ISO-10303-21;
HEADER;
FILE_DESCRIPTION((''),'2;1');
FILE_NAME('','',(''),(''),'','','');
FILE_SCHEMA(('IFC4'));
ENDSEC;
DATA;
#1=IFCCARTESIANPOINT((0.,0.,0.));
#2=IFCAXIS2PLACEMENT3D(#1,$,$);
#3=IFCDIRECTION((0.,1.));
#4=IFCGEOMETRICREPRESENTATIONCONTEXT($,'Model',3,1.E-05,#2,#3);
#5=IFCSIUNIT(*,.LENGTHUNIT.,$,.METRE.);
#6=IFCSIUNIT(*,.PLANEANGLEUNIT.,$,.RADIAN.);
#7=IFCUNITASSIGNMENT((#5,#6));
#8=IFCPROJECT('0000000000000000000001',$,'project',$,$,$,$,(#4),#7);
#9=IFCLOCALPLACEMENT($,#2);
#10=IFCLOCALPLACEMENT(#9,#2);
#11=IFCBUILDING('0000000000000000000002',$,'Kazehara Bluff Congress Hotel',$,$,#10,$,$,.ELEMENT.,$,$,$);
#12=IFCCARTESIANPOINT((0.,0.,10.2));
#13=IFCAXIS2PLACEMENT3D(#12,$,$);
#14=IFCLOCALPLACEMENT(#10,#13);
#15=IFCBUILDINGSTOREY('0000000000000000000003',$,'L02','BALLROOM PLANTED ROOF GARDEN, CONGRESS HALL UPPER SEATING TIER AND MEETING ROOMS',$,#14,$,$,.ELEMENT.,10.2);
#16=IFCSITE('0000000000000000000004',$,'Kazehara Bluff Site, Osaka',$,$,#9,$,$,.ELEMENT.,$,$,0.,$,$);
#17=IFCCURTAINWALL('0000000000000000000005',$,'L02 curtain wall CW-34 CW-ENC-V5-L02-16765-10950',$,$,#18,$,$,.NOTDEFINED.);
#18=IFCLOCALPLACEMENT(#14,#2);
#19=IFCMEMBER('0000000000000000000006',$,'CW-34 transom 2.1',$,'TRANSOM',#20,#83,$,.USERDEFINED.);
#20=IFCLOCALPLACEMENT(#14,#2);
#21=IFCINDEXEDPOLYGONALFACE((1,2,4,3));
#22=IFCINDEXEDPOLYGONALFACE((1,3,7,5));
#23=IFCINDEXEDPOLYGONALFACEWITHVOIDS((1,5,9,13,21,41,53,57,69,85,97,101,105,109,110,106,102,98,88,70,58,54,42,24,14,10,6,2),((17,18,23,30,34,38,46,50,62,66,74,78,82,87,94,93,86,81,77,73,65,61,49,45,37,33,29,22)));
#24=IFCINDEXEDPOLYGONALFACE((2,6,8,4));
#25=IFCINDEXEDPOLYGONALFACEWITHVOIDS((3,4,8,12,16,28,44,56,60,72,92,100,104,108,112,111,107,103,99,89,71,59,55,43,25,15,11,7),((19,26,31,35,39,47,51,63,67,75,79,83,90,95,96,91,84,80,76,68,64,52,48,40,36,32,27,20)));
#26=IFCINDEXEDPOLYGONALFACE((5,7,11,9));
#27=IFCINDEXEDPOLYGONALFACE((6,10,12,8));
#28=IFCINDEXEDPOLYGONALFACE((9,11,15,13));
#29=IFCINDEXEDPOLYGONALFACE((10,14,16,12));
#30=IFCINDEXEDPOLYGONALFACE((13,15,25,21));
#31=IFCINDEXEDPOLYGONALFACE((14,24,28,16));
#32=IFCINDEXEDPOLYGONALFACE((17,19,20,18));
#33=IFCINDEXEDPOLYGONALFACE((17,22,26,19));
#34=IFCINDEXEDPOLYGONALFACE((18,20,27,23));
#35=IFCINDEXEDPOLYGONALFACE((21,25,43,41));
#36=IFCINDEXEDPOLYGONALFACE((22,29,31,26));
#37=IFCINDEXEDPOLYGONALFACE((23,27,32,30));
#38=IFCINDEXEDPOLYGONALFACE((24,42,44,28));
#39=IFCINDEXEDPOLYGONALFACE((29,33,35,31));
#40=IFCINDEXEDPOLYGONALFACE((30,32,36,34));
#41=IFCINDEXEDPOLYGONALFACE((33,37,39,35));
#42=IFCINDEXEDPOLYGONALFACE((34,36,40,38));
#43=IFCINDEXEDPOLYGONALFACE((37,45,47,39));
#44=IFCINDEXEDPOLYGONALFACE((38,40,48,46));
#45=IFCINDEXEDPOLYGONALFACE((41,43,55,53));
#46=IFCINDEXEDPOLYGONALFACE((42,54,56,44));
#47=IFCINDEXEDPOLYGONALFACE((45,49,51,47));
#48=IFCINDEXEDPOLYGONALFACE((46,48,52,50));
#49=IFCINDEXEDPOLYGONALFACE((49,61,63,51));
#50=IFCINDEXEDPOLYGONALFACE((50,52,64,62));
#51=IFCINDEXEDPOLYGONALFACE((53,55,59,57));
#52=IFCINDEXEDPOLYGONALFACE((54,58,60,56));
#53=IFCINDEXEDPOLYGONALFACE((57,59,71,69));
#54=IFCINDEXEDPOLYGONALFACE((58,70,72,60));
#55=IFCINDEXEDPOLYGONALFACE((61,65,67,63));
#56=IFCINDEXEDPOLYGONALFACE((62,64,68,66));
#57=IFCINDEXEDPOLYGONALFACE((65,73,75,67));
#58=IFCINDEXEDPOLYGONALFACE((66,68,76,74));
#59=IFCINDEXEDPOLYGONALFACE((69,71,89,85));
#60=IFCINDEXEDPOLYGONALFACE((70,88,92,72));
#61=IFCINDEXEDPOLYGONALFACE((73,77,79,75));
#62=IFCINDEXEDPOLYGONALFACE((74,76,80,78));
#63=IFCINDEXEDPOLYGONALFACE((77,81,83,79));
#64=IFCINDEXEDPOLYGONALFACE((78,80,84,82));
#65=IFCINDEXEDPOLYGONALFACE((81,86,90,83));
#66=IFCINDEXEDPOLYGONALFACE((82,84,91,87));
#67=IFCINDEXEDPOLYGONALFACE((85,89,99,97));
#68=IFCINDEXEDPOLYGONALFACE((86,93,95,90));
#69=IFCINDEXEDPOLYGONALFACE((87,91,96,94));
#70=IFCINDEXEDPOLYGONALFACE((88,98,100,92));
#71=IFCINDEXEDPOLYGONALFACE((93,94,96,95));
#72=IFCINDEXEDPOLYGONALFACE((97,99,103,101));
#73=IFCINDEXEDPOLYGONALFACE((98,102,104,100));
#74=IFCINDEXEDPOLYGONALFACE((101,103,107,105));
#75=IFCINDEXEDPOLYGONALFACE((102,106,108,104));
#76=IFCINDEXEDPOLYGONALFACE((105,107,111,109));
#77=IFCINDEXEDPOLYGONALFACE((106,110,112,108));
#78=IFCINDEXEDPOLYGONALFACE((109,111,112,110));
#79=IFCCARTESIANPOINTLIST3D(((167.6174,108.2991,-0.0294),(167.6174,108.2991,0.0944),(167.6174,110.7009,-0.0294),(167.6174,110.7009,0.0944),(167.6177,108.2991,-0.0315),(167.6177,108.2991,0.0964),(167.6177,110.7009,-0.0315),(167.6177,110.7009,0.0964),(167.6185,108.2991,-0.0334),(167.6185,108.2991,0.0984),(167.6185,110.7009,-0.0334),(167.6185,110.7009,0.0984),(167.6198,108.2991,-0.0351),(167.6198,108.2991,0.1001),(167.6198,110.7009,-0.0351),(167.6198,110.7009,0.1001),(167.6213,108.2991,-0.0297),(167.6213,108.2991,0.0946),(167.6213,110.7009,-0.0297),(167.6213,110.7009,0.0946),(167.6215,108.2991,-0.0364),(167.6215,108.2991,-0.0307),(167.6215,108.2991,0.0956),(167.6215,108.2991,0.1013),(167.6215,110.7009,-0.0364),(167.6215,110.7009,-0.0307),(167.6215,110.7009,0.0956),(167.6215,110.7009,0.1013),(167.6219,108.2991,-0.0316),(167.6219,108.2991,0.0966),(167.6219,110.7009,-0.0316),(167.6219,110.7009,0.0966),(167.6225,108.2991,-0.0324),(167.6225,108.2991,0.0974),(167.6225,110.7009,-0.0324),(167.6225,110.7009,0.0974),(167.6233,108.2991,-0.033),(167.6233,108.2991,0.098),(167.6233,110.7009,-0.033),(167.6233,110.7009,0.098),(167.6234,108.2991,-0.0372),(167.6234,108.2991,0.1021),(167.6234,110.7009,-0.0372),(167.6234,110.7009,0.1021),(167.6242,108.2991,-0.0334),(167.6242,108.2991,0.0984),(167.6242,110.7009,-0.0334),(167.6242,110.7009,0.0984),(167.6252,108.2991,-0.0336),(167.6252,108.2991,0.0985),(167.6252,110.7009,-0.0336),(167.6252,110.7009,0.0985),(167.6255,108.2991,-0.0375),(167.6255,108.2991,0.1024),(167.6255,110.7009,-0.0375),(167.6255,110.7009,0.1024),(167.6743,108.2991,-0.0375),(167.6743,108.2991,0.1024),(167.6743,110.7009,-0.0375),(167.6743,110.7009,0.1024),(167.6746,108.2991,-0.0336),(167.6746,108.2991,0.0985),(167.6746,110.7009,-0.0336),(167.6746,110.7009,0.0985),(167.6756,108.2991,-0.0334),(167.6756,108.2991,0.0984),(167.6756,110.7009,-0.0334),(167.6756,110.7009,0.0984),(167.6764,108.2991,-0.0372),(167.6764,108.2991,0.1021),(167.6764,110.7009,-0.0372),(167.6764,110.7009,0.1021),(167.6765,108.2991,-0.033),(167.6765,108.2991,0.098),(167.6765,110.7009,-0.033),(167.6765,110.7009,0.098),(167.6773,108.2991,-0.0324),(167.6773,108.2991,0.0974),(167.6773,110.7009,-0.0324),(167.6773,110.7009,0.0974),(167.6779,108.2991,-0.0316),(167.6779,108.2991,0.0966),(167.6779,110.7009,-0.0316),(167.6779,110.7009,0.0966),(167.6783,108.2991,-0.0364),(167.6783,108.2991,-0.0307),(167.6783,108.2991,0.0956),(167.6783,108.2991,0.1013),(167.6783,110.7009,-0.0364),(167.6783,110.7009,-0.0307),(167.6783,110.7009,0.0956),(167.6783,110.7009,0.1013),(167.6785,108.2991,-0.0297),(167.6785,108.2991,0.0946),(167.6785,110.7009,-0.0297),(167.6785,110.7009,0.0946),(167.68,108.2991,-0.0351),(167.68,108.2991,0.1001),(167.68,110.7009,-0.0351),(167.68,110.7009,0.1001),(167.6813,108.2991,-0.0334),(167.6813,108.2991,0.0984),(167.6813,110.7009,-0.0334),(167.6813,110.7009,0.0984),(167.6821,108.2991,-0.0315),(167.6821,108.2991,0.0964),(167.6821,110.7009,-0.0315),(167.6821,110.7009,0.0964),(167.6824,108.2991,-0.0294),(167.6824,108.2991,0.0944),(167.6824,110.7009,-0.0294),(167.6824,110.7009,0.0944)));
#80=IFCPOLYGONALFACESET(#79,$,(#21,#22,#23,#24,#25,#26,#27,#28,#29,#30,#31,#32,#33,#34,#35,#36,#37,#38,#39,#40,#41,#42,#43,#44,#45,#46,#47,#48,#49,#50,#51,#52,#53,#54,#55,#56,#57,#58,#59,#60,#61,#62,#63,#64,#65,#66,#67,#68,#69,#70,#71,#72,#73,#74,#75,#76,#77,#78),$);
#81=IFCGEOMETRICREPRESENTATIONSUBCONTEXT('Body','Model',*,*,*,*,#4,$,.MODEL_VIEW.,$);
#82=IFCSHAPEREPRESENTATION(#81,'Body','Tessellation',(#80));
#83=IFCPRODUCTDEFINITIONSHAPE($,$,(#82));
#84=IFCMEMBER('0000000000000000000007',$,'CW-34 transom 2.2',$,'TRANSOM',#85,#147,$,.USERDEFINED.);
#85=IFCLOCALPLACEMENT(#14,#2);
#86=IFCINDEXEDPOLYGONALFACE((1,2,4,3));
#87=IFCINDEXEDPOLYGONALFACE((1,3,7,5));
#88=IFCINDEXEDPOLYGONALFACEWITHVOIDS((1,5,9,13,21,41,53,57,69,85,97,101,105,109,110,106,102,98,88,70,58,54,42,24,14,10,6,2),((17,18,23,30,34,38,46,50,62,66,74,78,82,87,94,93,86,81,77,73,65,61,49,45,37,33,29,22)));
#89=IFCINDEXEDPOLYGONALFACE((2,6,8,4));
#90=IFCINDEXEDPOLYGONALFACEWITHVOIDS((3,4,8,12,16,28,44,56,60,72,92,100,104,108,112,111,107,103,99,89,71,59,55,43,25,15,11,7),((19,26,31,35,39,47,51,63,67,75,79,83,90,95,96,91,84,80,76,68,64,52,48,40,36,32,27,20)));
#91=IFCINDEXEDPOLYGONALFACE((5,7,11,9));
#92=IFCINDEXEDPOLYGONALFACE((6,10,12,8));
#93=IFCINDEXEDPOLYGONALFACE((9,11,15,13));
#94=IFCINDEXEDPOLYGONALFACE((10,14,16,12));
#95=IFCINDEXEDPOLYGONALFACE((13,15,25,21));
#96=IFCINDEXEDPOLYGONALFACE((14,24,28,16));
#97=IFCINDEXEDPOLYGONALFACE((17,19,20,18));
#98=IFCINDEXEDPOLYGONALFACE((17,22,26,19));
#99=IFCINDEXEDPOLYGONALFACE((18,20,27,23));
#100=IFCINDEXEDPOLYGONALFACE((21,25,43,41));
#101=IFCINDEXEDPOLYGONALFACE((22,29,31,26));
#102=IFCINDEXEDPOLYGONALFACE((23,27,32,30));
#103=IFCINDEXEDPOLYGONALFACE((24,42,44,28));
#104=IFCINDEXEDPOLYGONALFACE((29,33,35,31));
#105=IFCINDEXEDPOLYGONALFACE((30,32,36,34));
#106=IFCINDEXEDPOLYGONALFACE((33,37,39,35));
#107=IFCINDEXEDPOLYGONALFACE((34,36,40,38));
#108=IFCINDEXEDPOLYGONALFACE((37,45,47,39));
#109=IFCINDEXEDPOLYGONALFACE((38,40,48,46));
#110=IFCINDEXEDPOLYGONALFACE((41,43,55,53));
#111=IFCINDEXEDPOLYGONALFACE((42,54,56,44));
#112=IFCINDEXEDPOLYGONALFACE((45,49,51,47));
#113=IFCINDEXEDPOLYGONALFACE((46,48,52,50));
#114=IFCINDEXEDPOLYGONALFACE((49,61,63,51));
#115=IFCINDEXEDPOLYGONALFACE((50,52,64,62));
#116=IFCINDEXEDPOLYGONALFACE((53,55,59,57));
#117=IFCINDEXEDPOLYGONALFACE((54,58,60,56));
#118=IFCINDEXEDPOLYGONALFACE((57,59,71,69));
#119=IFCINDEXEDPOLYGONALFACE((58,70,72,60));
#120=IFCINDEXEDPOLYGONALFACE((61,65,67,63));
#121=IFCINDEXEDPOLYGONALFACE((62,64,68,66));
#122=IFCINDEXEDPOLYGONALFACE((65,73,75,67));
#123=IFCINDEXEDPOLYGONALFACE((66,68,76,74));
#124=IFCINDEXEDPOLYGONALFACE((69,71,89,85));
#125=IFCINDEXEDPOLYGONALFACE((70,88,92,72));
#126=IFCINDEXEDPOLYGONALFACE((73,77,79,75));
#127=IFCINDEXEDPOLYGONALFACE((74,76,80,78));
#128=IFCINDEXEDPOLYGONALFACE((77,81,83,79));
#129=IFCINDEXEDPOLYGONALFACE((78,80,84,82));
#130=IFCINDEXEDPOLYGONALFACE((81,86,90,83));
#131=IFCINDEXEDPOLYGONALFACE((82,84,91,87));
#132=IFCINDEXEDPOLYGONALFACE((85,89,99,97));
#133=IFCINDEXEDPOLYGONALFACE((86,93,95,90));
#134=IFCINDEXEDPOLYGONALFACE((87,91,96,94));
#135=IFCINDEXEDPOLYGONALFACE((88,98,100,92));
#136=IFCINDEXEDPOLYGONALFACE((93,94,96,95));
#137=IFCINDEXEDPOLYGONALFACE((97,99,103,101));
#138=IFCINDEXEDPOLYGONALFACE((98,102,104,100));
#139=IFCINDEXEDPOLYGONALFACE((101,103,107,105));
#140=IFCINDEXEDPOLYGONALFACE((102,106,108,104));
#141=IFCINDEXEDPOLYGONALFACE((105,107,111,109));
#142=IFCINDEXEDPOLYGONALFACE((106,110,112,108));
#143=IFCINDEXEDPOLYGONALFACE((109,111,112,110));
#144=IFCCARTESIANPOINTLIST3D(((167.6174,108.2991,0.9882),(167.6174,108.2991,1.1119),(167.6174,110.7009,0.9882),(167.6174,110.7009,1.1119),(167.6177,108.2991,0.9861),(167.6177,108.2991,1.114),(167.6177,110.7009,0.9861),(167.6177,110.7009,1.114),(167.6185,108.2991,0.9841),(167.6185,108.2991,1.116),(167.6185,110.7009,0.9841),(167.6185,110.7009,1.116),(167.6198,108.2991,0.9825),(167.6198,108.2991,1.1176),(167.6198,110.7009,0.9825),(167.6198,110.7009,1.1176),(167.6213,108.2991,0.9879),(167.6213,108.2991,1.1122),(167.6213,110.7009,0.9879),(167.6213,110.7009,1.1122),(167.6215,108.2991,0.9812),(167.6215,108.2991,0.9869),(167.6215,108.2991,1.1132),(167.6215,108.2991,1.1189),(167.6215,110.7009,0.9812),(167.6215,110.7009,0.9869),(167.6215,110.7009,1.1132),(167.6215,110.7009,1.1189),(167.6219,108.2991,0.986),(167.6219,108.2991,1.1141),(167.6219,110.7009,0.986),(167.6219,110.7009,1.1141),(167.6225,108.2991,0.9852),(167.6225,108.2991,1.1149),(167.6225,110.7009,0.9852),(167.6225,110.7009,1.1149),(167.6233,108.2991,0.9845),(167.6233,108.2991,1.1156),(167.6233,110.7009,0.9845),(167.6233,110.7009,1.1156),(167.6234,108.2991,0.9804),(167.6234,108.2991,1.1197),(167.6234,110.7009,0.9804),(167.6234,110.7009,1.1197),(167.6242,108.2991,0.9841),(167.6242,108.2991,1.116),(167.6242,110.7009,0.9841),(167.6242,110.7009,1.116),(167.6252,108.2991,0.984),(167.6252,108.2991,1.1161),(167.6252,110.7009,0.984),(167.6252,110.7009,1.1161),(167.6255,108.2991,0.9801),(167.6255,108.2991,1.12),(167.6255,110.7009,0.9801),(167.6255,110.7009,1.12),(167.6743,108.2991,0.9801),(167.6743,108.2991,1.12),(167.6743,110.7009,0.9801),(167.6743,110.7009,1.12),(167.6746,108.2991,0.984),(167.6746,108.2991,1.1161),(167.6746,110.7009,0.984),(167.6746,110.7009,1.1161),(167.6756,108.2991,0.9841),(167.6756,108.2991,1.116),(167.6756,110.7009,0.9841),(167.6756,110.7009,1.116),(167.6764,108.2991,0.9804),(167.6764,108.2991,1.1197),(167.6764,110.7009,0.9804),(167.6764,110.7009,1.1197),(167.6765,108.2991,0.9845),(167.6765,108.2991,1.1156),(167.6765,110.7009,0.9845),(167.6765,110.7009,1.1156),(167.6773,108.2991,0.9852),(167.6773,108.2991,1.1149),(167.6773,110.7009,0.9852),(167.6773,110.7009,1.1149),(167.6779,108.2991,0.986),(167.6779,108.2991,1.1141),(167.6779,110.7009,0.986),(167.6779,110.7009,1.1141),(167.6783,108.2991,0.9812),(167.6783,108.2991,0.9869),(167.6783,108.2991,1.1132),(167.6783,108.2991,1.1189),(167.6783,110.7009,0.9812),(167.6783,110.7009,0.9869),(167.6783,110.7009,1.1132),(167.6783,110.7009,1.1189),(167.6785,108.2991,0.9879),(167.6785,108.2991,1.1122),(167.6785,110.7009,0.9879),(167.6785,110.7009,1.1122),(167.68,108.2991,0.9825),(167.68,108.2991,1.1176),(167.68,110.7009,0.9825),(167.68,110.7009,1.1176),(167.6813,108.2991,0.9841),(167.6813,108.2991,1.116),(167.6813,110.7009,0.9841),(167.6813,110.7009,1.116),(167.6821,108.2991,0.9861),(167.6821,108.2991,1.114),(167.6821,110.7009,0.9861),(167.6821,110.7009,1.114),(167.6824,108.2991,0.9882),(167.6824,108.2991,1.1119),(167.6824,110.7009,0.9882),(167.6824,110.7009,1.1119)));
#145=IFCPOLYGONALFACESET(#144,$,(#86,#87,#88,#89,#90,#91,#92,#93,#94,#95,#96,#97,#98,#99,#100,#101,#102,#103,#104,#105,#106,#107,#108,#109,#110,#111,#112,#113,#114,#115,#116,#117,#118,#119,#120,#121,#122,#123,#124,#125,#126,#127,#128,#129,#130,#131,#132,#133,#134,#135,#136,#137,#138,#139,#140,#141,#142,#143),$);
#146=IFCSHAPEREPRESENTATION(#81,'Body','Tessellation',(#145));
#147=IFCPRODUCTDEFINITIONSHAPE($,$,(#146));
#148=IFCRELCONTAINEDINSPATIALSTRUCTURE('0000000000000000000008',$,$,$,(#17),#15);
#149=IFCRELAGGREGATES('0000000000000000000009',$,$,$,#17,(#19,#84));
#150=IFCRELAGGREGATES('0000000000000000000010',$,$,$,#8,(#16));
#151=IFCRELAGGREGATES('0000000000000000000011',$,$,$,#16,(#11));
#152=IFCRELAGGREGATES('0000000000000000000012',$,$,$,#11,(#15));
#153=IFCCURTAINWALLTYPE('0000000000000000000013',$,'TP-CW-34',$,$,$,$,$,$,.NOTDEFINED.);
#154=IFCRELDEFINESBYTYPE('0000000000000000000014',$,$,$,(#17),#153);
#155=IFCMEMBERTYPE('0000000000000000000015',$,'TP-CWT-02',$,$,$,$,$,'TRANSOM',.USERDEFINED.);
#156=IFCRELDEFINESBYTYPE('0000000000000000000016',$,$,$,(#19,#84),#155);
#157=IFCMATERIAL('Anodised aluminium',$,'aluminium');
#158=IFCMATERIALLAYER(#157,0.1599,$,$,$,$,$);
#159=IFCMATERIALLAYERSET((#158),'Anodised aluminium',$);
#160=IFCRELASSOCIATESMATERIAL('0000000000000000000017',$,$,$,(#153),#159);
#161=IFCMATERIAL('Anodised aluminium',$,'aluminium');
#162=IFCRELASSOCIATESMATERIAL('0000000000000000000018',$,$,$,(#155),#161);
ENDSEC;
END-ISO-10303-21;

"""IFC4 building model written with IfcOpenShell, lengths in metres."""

from ifc_helpers import new_model, si_unit, direction, frame, origin, origin_2d, place, context, subcontext, project, spatial, hollow_rectangle, extrude, material, layer, layer_set, material_profile, profile_set, type_object, element, aggregate, save


model = new_model("IFC4")

# Units and contexts
model_context = context("Model", 3, precision=1e-05, world=origin(), true_north=direction((0.0, 1.0)))
body_context = subcontext(model_context, "Body", "Model", "MODEL_VIEW")
ifc_project = project(units=[si_unit("LENGTHUNIT", "METRE"), si_unit("PLANEANGLEUNIT", "RADIAN")], contexts=[model_context])

# Site, building, storey
site_placement = place(None, origin())
site = spatial("IfcSite", under=ifc_project, at=site_placement, Name="Kazehara Bluff Site, Osaka", CompositionType="ELEMENT", RefElevation=0.0)
building_placement = place(site_placement, origin())
building = spatial("IfcBuilding", under=site, at=building_placement, Name="Kazehara Bluff Congress Hotel", CompositionType="ELEMENT")
storey_placement = place(building_placement, frame((0.0, 0.0, 10.2)))
storey = spatial("IfcBuildingStorey", under=building, at=storey_placement, Name="L02", Description="BALLROOM PLANTED ROOF GARDEN, CONGRESS HALL UPPER SEATING TIER AND MEETING ROOMS", CompositionType="ELEMENT", Elevation=10.2)

# Curtain wall
ifc_material_1 = material(Name="Anodised aluminium", Category="aluminium")
ifc_layer_1 = layer(ifc_material_1, 0.1599)
ifc_layer_set_1 = layer_set([ifc_layer_1], Name="Anodised aluminium")
curtain_wall_type_1 = type_object("IfcCurtainWallType", Name="TP-CW-34", PredefinedType="NOTDEFINED", material=ifc_layer_set_1)
curtain_wall_1_placement = place(storey_placement, origin())
curtain_wall_1 = element("IfcCurtainWall", 1, at=curtain_wall_1_placement, inside=storey, type_object=curtain_wall_type_1, Name="L02 curtain wall CW-34 CW-ENC-V5-L02-16765-10950", PredefinedType="NOTDEFINED")

# Members
ifc_material_2 = material(Name="Anodised aluminium", Category="aluminium")
ifc_material_profile_1 = material_profile(ifc_material_2, hollow_rectangle(XDim=0.0649, YDim=0.1399, WallThickness=0.0039, InnerFilletRadius=0.0039, OuterFilletRadius=0.0081, at=origin_2d()))
ifc_profile_set_1 = profile_set([ifc_material_profile_1], Name="Anodised aluminium")
member_type_1 = type_object("IfcMemberType", Name="TP-CWT-02", ElementType="TRANSOM", PredefinedType="USERDEFINED", material=ifc_profile_set_1)
member_1_placement = place(storey_placement, frame((167.6499, 110.7009, 0.0325), z_axis=(0.0, -1.0, 0.0), x_axis=(1.0, 0.0, 0.0)))
member_1 = element("IfcMember", 2, at=member_1_placement, type_object=member_type_1, Name="CW-34 transom 2.1", ObjectType="TRANSOM", PredefinedType="USERDEFINED", context=body_context, shape_type="SweptSolid", body=[
    extrude(hollow_rectangle(XDim=0.0649, YDim=0.1399, WallThickness=0.0039, InnerFilletRadius=0.0039, OuterFilletRadius=0.0081, at=origin_2d()), origin(), (0.0, 0.0, 1.0), 2.4019),
])
member_2_placement = place(storey_placement, frame((167.6499, 110.7009, 1.05), z_axis=(0.0, -1.0, 0.0), x_axis=(1.0, 0.0, 0.0)))
member_2 = element("IfcMember", 3, at=member_2_placement, type_object=member_type_1, Name="CW-34 transom 2.2", ObjectType="TRANSOM", PredefinedType="USERDEFINED", context=body_context, shape_type="SweptSolid", body=[
    extrude(hollow_rectangle(XDim=0.0649, YDim=0.1399, WallThickness=0.0039, InnerFilletRadius=0.0039, OuterFilletRadius=0.0081, at=origin_2d()), origin(), (0.0, 0.0, 1.0), 2.4019),
])

aggregate(curtain_wall_1, [member_1, member_2])

save(model, "model.ifc")
